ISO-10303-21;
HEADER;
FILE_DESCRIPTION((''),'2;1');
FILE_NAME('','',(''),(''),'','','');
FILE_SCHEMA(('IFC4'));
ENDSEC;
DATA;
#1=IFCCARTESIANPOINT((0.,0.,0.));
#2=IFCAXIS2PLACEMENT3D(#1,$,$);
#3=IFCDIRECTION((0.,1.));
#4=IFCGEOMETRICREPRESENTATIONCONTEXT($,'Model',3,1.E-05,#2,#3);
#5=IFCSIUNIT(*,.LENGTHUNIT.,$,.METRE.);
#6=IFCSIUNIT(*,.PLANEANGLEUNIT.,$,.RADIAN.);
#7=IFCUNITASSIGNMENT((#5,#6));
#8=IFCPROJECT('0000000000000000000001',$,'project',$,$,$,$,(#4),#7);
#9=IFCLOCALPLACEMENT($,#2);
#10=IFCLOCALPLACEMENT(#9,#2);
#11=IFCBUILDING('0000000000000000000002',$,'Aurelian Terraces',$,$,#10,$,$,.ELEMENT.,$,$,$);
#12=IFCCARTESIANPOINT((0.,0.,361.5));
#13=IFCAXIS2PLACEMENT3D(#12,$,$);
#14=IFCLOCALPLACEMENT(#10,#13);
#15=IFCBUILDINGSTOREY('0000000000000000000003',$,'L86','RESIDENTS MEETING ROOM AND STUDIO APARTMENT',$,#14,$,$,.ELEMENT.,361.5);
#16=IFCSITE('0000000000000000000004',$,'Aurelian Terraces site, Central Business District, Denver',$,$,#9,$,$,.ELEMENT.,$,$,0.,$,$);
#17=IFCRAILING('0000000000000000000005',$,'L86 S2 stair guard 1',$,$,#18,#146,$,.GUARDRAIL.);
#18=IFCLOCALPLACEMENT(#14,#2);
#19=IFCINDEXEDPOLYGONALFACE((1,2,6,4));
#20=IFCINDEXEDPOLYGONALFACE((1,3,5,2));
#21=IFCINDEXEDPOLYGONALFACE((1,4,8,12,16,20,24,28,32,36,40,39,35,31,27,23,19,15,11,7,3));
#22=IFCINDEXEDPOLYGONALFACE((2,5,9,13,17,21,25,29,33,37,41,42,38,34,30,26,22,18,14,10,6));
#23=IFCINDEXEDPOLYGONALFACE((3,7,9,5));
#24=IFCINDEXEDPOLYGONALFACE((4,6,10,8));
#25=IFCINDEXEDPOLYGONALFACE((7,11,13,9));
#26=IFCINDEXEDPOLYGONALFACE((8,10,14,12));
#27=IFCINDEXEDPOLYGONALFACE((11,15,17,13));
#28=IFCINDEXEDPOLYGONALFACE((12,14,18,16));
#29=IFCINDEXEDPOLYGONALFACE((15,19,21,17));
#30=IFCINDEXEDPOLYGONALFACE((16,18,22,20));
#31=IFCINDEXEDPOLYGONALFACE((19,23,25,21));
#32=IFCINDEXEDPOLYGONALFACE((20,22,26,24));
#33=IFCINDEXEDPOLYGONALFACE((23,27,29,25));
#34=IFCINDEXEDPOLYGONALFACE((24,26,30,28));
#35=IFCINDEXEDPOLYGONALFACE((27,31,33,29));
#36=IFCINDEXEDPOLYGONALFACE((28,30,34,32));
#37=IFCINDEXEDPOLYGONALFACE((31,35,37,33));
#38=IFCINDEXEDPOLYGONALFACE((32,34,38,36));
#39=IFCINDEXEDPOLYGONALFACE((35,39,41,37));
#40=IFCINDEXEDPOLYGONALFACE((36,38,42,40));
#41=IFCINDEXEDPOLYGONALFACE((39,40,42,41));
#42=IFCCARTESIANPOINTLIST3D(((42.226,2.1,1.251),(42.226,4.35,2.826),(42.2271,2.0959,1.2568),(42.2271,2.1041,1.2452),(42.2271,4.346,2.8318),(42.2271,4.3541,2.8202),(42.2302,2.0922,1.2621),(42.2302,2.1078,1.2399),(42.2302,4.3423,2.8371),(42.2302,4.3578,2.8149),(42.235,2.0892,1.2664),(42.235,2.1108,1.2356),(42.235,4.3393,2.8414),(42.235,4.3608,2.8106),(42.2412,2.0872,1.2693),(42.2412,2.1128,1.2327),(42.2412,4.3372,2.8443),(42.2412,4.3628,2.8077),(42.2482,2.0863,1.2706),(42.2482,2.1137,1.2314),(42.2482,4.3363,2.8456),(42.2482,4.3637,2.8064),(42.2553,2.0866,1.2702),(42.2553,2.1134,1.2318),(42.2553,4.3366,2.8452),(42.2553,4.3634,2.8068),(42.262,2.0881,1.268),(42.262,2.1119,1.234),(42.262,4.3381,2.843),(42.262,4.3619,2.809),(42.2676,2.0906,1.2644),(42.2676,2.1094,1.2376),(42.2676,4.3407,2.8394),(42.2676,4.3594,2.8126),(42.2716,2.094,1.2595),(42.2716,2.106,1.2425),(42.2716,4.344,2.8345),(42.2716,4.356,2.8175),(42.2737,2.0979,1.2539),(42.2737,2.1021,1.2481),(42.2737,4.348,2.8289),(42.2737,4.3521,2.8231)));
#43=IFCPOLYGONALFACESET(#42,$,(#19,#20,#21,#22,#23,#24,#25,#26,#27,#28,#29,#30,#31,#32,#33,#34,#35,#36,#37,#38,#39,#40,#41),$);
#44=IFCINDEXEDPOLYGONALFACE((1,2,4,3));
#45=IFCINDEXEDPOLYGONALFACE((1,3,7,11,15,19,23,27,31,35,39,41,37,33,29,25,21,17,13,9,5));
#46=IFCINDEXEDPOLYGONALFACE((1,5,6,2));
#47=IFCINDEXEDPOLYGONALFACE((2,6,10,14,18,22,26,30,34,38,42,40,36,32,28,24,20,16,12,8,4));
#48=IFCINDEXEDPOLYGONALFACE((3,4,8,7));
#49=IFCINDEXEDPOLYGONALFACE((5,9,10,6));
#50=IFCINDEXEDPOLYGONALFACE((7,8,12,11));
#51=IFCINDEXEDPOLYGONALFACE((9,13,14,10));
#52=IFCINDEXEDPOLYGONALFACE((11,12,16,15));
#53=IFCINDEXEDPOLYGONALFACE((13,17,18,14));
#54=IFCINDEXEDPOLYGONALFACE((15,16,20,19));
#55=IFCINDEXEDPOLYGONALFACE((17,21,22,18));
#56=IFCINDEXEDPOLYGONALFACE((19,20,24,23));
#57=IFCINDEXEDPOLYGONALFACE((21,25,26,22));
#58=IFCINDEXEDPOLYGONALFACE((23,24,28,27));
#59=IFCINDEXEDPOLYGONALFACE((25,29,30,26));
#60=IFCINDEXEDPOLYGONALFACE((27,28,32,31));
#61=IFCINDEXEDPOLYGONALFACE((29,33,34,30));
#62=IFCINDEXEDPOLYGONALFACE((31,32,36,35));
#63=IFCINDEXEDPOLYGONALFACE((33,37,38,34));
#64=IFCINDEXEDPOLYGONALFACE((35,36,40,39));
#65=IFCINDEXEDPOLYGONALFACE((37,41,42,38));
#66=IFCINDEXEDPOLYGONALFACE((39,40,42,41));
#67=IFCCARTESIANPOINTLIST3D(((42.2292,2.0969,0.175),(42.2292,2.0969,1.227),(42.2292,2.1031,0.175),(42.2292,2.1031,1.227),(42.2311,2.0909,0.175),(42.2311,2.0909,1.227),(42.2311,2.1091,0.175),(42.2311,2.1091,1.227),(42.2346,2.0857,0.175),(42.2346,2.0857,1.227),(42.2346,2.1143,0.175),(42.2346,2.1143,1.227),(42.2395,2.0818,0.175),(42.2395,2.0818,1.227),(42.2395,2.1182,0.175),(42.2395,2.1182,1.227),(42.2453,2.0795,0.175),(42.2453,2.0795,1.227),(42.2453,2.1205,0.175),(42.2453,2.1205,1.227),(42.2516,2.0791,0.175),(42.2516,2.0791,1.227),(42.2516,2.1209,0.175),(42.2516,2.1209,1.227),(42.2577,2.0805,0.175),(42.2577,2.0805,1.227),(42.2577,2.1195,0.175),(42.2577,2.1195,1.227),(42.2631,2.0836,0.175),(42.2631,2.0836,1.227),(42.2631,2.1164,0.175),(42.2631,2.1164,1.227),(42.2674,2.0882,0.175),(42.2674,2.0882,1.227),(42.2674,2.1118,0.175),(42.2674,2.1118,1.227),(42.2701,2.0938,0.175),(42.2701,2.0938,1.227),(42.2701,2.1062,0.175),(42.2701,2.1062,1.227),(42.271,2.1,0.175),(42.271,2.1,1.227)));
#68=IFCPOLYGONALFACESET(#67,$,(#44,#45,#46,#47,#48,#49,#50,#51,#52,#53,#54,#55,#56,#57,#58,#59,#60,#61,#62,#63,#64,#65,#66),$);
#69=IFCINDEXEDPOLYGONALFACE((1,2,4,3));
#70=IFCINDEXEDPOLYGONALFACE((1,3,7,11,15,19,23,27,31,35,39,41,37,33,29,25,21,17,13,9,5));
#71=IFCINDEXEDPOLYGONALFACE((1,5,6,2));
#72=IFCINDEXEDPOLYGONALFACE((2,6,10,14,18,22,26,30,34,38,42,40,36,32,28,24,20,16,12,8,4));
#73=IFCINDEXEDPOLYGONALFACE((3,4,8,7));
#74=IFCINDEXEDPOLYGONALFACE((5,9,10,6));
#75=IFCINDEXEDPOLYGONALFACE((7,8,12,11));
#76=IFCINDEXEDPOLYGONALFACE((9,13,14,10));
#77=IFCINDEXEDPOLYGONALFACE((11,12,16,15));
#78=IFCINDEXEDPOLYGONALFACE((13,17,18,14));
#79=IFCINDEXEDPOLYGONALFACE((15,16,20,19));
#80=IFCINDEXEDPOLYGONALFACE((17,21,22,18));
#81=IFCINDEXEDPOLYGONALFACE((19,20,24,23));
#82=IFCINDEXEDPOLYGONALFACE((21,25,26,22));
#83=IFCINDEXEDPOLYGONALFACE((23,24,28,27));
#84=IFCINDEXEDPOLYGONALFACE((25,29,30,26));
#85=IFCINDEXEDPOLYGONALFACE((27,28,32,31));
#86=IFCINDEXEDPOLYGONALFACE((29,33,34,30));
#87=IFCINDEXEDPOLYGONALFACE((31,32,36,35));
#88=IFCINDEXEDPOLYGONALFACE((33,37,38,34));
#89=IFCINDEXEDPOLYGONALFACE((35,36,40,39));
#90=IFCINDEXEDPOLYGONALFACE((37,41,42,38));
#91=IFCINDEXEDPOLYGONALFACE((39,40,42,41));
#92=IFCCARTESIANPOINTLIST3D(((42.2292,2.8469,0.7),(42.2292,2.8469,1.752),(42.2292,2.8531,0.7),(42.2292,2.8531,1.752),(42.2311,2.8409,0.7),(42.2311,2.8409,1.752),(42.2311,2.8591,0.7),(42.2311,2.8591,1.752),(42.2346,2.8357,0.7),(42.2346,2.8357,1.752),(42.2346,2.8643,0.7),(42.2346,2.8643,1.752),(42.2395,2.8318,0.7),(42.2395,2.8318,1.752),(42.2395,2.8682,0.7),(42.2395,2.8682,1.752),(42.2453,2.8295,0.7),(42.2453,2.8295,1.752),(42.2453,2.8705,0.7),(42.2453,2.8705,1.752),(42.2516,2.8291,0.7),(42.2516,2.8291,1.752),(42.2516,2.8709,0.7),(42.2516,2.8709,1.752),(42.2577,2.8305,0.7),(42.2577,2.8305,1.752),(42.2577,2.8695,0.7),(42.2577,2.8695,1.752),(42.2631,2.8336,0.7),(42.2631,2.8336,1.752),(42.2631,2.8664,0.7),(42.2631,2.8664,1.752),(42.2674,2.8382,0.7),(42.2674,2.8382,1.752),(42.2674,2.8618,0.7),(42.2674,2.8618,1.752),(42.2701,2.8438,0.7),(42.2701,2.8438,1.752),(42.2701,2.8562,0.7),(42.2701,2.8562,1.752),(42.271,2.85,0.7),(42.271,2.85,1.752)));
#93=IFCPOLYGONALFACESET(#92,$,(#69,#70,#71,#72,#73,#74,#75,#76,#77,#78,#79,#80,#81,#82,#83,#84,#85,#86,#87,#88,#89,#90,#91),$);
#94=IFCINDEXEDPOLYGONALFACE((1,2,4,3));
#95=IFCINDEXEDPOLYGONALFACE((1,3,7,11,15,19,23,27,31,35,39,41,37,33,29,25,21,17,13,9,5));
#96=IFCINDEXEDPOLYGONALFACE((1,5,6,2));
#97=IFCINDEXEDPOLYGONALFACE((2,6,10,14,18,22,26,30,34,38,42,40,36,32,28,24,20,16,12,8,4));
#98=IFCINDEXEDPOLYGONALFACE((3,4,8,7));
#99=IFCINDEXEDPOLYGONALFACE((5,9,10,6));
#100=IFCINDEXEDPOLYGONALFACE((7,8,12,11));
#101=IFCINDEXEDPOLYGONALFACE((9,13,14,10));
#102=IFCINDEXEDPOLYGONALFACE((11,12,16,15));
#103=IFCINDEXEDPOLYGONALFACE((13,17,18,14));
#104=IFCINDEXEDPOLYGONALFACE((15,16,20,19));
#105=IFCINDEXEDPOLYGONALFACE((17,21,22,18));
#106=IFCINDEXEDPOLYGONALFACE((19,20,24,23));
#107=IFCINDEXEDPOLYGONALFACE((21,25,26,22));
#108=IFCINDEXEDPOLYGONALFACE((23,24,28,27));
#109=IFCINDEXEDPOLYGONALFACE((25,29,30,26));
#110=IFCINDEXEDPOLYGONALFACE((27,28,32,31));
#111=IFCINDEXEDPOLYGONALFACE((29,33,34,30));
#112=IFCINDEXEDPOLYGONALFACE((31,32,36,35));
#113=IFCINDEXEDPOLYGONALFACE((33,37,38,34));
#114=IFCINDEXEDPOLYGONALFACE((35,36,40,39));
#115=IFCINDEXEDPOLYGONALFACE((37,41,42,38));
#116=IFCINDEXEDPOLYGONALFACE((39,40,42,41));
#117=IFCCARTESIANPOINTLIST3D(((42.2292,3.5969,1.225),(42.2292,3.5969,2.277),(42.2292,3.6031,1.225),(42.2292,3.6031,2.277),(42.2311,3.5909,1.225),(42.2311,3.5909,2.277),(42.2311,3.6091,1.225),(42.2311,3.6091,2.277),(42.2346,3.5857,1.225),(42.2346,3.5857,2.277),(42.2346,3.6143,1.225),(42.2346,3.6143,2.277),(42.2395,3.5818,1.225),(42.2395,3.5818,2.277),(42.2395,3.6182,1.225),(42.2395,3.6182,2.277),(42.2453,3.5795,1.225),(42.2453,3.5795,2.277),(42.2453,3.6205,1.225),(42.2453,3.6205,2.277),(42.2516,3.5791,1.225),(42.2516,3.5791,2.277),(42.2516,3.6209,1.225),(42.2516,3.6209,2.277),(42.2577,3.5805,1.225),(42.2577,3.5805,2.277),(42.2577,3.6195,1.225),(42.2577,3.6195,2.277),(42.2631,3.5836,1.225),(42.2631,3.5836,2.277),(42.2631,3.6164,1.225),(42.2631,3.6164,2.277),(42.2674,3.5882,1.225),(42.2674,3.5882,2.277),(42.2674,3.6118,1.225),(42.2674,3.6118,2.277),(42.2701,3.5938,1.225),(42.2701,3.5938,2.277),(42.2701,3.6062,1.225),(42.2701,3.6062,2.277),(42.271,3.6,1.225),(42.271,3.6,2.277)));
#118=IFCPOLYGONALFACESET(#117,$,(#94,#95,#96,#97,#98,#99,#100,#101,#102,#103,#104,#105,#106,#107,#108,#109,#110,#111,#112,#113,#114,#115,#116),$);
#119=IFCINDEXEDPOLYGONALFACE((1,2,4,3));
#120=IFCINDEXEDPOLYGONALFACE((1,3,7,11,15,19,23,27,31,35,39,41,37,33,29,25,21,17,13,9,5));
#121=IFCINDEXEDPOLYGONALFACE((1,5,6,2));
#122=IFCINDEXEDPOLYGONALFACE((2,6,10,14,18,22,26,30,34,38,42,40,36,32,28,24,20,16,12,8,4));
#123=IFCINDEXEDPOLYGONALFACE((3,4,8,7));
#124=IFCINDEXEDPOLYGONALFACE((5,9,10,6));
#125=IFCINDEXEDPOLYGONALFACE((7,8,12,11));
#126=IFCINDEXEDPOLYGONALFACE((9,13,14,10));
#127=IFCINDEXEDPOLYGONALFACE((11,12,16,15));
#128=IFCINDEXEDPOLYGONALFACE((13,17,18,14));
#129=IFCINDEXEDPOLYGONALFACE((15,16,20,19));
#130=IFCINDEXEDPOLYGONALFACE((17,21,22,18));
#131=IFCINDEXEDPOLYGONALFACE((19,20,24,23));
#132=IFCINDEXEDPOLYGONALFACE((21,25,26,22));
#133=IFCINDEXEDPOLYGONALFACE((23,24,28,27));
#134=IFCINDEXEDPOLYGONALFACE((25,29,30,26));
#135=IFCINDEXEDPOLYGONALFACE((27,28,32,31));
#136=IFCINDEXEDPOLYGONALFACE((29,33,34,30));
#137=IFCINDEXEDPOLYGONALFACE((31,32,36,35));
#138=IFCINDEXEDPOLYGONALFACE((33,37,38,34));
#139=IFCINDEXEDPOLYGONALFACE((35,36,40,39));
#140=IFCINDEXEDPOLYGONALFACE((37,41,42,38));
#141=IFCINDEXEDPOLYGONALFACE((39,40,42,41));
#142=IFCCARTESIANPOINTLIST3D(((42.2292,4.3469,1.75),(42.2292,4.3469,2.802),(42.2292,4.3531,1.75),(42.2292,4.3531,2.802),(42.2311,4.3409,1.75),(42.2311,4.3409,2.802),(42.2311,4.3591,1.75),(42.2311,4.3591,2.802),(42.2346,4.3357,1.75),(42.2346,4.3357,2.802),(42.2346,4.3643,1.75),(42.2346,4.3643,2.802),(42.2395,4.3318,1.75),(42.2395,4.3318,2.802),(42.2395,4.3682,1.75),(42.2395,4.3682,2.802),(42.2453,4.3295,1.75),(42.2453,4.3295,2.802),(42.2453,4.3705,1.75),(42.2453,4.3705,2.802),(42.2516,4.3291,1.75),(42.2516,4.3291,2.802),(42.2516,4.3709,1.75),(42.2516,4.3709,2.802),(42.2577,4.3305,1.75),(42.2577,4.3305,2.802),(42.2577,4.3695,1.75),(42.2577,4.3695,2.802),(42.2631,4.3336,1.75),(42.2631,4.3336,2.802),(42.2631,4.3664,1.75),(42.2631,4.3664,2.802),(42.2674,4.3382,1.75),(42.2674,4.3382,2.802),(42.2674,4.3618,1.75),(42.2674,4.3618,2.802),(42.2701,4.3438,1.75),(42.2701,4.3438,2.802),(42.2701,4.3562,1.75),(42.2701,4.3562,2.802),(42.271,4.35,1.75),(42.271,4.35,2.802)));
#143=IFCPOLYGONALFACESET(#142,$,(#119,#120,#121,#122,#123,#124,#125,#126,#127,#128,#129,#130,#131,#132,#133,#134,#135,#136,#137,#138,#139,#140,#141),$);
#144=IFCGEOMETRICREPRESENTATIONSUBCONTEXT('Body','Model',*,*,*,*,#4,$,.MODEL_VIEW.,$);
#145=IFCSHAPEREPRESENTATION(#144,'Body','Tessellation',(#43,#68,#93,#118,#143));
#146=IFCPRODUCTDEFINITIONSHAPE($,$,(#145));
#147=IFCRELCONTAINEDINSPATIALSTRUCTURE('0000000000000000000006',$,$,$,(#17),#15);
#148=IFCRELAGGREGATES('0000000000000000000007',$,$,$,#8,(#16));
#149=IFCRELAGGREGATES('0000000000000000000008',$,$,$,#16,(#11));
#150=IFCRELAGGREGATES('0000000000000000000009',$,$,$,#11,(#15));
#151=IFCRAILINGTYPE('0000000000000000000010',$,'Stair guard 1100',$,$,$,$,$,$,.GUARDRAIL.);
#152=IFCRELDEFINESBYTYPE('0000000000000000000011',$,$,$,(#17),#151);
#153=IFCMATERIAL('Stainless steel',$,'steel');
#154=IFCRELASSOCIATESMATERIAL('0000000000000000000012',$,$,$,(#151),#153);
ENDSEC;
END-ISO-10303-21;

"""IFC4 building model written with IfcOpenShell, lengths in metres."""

from ifc_helpers import new_model, si_unit, direction, frame, origin, origin_2d, place, context, subcontext, project, spatial, circle, extrude, source, transform, mapped, material, type_object, element, save


model = new_model("IFC4")

# Units and contexts
model_context = context("Model", 3, precision=1e-05, world=origin(), true_north=direction((0.0, 1.0)))
body_context = subcontext(model_context, "Body", "Model", "MODEL_VIEW")
ifc_project = project(units=[si_unit("LENGTHUNIT", "METRE"), si_unit("PLANEANGLEUNIT", "RADIAN")], contexts=[model_context])

# Site, building, storey
site_placement = place(None, origin())
site = spatial("IfcSite", under=ifc_project, at=site_placement, Name="Aurelian Terraces site, Central Business District, Denver", CompositionType="ELEMENT", RefElevation=0.0)
building_placement = place(site_placement, origin())
building = spatial("IfcBuilding", under=site, at=building_placement, Name="Aurelian Terraces", CompositionType="ELEMENT")
storey_placement = place(building_placement, frame((0.0, 0.0, 361.5)))
storey = spatial("IfcBuildingStorey", under=building, at=storey_placement, Name="L86", Description="RESIDENTS MEETING ROOM AND STUDIO APARTMENT", CompositionType="ELEMENT", Elevation=361.5)

# Railing
ifc_material_1 = material(Name="Stainless steel", Category="steel")
railing_type_1 = type_object("IfcRailingType", Name="Stair guard 1100", PredefinedType="GUARDRAIL", material=ifc_material_1)
shared_shape_1 = source(origin(), body_context, "Body", "SweptSolid", [
    extrude(circle(Radius=0.024, at=origin_2d()), frame((0.0, 0.0, 1.076), z_axis=(0.0, 0.819232, 0.573462), x_axis=(-1.0, 0.0, 0.0)), (0.0, 0.0, 1.0), 2.7465),
    extrude(circle(Radius=0.021, at=origin_2d()), origin(), (0.0, 0.0, 1.0), 1.052),
    extrude(circle(Radius=0.021, at=origin_2d()), frame((0.0, 0.75, 0.525)), (0.0, 0.0, 1.0), 1.052),
    extrude(circle(Radius=0.021, at=origin_2d()), frame((0.0, 1.5, 1.05)), (0.0, 0.0, 1.0), 1.052),
    extrude(circle(Radius=0.021, at=origin_2d()), frame((0.0, 2.25, 1.575)), (0.0, 0.0, 1.0), 1.052),
])
railing_1_placement = place(storey_placement, frame((42.25, 2.1, 0.175)))
element("IfcRailing", 1, at=railing_1_placement, inside=storey, type_object=railing_type_1, Name="L86 S2 stair guard 1", PredefinedType="GUARDRAIL", context=body_context, shape_type="MappedRepresentation", body=[
    mapped(shared_shape_1, transform((0.0, 0.0, 0.0), scale=1.0)),
])

save(model, "model.ifc")
